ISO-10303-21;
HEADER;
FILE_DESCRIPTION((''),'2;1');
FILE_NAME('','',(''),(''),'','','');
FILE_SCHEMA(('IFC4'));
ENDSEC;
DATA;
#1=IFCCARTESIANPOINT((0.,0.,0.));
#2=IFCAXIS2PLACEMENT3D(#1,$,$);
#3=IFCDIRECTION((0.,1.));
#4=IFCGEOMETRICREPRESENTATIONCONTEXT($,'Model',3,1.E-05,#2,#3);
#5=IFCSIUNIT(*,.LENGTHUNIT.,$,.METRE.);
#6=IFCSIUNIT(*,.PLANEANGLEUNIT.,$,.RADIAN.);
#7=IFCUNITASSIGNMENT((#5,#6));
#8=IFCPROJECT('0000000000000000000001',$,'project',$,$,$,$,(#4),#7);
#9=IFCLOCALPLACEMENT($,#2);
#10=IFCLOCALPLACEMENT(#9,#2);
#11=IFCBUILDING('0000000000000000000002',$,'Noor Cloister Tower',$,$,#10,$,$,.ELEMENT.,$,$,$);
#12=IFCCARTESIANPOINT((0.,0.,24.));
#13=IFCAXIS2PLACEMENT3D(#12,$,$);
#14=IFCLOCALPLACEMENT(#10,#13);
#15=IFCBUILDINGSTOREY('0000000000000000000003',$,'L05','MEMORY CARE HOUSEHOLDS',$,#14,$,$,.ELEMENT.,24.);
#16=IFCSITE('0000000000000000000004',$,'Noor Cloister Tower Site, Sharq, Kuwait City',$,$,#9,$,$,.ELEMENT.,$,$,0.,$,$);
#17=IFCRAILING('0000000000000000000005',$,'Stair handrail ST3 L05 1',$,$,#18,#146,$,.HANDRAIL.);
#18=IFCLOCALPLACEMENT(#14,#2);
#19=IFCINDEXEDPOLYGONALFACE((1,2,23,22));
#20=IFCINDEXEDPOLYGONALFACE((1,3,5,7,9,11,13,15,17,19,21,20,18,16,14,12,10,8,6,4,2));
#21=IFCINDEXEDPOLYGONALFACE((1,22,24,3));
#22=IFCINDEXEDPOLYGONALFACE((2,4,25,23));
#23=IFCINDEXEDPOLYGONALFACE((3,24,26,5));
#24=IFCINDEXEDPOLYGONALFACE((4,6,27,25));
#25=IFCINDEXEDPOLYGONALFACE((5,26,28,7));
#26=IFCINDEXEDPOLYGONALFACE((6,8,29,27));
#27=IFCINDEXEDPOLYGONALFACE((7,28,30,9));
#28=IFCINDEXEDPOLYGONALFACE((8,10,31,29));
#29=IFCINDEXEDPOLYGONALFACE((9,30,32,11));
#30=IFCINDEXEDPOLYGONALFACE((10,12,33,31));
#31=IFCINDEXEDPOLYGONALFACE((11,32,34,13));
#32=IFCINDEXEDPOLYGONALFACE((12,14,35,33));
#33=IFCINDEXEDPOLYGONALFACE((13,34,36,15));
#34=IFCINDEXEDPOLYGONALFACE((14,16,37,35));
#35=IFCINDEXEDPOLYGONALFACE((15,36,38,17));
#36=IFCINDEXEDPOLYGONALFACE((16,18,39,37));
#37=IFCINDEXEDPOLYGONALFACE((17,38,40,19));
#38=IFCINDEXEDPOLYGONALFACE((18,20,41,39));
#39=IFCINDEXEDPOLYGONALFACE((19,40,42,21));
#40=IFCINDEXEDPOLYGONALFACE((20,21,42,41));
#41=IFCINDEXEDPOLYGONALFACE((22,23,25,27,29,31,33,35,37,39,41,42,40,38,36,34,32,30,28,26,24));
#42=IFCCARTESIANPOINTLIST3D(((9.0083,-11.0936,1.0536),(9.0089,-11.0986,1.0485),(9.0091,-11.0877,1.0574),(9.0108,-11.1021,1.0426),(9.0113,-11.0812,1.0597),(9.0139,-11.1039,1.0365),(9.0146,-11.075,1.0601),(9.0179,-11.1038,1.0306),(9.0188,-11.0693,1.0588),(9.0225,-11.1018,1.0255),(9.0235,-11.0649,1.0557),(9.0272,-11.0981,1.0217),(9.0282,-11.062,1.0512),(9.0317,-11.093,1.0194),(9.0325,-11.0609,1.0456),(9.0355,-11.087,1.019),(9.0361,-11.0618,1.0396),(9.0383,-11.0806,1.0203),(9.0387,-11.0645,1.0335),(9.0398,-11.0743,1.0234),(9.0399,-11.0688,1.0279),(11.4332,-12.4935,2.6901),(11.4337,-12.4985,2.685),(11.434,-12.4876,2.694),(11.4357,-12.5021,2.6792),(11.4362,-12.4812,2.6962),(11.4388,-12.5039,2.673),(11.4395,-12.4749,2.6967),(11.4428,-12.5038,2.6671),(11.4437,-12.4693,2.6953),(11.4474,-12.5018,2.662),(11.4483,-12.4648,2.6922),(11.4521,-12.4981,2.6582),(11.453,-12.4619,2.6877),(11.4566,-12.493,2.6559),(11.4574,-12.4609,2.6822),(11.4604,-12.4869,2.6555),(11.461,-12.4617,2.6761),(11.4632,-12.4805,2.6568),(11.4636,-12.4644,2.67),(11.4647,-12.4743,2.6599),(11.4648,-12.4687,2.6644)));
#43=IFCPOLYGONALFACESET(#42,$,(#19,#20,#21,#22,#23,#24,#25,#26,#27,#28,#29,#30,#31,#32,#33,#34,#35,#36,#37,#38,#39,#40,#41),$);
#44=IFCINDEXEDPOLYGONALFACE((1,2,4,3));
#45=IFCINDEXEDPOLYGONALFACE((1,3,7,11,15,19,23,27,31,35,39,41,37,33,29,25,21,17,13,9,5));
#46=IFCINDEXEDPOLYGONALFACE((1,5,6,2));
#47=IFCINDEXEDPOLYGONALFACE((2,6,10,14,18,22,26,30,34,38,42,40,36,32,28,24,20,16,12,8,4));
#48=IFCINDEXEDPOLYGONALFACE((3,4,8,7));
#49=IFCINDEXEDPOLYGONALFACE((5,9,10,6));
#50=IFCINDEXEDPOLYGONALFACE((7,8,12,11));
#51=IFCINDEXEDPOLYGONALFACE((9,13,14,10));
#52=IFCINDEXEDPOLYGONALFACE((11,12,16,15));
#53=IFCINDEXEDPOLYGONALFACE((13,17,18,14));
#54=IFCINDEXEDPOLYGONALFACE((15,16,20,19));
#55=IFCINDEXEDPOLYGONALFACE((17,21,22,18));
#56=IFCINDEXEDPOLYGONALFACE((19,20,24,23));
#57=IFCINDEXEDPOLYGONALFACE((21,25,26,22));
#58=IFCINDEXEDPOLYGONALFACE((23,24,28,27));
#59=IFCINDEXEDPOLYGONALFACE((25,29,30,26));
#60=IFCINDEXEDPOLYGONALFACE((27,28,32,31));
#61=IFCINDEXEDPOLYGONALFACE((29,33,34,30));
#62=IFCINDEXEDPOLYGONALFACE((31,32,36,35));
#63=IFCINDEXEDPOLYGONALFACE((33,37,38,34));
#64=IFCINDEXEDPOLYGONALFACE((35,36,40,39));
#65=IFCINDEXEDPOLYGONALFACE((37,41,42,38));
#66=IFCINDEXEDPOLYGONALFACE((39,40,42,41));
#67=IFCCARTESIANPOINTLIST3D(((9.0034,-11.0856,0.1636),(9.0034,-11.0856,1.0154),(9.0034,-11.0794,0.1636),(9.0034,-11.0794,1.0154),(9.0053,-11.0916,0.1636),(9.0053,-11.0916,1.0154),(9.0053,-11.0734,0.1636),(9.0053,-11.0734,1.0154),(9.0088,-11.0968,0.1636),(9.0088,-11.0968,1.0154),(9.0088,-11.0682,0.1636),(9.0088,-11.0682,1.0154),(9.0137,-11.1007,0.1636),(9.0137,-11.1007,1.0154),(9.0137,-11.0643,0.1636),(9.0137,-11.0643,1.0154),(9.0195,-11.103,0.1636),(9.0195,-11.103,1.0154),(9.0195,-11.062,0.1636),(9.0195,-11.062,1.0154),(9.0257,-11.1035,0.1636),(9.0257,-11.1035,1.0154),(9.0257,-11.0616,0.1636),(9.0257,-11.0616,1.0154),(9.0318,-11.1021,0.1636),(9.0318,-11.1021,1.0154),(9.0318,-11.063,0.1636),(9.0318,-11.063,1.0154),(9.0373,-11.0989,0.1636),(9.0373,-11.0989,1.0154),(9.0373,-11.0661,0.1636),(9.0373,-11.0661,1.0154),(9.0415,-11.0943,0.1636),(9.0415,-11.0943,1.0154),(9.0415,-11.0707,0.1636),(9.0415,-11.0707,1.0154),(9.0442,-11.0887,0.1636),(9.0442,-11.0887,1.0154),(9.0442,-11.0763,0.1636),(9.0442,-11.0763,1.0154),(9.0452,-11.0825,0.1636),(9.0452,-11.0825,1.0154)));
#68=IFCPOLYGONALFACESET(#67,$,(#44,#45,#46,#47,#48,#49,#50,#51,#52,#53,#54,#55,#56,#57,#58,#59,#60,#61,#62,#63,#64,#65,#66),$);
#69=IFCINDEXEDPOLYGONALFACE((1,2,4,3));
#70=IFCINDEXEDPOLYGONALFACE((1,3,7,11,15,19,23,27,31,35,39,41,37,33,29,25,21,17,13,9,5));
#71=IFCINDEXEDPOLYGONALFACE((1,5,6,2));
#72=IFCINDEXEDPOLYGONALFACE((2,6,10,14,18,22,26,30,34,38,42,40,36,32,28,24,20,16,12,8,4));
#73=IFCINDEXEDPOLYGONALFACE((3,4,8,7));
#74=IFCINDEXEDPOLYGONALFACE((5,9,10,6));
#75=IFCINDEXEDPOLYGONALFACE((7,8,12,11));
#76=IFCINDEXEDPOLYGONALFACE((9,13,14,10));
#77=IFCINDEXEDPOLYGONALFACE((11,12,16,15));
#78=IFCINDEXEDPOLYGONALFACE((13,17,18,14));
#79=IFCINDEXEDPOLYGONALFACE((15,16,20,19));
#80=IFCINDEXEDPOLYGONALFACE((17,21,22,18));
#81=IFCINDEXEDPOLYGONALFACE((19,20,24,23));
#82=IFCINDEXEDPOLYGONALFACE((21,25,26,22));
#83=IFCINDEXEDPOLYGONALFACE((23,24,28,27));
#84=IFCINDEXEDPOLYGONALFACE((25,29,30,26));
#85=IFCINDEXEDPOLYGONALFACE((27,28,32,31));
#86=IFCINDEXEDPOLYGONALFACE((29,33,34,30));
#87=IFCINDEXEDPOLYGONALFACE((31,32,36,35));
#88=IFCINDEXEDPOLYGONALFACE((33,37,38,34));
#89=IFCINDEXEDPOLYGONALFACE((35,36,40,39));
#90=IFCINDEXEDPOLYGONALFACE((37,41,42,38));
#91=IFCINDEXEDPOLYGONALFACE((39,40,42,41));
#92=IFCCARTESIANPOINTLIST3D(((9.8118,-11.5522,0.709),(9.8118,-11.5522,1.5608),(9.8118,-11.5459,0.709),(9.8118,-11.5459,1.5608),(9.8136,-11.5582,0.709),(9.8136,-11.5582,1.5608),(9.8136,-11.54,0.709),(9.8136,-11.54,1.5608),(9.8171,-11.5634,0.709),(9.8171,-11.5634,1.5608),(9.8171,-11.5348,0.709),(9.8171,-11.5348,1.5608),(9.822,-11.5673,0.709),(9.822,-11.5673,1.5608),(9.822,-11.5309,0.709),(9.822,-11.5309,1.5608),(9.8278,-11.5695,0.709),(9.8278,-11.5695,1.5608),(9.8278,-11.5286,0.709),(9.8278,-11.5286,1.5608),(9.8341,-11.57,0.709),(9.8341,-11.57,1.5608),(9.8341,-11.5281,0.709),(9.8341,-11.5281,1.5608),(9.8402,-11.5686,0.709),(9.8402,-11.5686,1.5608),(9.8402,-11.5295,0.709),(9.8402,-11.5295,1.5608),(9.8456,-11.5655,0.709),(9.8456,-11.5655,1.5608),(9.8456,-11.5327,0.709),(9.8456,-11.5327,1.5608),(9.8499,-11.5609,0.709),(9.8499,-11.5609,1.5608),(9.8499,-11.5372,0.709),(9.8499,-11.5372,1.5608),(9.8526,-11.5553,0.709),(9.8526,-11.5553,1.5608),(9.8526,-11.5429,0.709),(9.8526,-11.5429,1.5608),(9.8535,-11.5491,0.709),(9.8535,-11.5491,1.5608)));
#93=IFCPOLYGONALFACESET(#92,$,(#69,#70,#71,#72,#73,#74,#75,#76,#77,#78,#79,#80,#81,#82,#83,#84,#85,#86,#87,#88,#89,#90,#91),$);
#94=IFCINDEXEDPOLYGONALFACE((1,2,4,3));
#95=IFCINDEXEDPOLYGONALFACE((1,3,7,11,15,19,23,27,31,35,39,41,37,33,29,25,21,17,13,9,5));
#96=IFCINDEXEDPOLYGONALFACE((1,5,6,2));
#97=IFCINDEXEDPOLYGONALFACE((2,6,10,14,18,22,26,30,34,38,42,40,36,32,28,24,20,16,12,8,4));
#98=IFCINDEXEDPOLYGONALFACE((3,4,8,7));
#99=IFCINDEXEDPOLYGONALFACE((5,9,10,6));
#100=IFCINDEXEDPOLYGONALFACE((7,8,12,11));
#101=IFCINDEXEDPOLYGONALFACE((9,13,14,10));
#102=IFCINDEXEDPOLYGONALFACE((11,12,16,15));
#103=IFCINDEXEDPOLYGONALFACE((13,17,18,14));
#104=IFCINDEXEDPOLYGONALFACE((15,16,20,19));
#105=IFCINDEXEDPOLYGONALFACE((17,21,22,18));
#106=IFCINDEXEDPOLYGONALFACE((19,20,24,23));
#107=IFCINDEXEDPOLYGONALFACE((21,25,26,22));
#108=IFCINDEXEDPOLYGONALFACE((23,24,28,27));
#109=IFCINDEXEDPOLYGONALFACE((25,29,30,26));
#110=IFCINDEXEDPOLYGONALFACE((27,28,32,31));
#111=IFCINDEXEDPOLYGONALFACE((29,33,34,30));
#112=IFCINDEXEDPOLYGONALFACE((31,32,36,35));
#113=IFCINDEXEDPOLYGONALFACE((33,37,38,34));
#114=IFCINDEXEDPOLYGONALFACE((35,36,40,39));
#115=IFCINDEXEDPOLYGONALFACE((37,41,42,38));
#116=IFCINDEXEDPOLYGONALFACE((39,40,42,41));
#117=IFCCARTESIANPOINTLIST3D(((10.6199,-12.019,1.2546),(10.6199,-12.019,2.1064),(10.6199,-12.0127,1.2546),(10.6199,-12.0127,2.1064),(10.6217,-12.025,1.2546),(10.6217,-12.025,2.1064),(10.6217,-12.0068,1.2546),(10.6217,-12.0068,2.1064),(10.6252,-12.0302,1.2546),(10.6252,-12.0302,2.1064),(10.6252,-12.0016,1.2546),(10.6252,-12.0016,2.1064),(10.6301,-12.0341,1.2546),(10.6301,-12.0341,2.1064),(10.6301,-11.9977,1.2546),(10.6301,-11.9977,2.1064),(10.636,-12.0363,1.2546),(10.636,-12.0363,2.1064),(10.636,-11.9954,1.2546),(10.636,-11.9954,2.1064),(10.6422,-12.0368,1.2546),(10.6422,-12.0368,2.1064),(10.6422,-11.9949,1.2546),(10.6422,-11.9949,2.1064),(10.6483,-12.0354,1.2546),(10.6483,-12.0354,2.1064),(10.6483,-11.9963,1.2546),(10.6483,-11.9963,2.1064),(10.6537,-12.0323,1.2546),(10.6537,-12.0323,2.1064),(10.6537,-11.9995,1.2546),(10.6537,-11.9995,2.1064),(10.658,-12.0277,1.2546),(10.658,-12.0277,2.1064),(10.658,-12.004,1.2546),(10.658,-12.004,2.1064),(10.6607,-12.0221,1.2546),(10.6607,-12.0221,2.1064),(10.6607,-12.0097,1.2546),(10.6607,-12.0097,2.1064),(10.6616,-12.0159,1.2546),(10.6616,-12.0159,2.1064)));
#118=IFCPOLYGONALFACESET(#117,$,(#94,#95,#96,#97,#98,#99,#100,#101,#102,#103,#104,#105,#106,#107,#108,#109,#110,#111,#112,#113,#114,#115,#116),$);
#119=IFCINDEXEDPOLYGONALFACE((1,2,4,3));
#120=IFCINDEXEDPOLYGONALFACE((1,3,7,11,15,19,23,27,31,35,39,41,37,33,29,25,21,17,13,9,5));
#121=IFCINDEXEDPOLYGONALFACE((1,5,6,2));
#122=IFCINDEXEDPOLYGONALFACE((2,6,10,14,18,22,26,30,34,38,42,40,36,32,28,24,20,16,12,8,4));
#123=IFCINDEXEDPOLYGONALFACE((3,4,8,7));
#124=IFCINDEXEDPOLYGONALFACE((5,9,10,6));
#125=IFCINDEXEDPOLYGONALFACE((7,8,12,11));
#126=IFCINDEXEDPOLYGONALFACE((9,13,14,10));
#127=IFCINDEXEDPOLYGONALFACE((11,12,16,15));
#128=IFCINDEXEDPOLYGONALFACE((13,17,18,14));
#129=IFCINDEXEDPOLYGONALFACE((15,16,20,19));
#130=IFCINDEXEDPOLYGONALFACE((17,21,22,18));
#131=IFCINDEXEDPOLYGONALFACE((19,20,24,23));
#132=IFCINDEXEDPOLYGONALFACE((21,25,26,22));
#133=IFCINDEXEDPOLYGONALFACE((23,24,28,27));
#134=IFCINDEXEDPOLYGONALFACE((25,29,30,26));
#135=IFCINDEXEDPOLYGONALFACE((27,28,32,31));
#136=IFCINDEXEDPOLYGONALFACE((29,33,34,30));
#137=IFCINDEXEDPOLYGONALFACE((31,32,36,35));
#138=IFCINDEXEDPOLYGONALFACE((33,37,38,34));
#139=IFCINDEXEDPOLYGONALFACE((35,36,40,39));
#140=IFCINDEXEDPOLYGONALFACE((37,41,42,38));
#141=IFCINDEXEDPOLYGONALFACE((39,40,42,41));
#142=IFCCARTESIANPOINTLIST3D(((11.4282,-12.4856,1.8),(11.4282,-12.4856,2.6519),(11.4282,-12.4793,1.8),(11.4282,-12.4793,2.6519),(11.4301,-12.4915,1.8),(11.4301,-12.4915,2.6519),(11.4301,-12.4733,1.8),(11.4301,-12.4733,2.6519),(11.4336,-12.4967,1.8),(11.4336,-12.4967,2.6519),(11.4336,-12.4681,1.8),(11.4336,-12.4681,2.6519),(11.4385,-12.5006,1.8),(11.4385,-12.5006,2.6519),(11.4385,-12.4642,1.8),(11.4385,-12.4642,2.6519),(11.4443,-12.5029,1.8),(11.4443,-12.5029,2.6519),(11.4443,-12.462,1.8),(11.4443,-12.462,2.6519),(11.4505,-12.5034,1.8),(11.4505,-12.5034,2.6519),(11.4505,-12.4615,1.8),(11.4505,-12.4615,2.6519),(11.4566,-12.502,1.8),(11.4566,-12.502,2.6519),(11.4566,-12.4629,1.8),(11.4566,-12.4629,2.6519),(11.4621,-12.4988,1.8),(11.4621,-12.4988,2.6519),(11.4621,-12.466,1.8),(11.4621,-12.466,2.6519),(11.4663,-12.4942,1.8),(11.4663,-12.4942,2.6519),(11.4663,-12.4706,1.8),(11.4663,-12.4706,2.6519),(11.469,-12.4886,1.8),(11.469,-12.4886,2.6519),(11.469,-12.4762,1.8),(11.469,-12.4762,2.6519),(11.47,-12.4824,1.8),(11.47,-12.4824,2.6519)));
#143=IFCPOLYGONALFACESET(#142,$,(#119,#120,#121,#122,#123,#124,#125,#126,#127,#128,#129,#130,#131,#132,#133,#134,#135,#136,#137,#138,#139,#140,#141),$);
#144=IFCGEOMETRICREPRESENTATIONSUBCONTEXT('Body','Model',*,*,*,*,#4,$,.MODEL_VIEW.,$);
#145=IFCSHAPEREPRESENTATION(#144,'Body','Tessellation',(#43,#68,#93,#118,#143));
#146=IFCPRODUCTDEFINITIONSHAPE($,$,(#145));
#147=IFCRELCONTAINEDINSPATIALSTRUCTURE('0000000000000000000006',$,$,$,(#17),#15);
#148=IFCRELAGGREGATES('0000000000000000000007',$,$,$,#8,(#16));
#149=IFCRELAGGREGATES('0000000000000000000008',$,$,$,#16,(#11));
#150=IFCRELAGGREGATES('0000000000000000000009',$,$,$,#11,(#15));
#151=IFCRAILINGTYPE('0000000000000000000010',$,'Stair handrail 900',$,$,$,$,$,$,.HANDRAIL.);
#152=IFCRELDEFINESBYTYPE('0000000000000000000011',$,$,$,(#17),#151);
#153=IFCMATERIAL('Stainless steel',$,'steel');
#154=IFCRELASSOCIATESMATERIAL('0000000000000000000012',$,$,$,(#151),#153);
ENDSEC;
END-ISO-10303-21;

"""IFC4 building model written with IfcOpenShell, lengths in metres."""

from ifc_helpers import new_model, si_unit, direction, frame, origin, origin_2d, place, context, subcontext, project, spatial, circle, extrude, material, type_object, element, save


model = new_model("IFC4")

# Units and contexts
model_context = context("Model", 3, precision=1e-05, world=origin(), true_north=direction((0.0, 1.0)))
body_context = subcontext(model_context, "Body", "Model", "MODEL_VIEW")
ifc_project = project(units=[si_unit("LENGTHUNIT", "METRE"), si_unit("PLANEANGLEUNIT", "RADIAN")], contexts=[model_context])

# Site, building, storey
site_placement = place(None, origin())
site = spatial("IfcSite", under=ifc_project, at=site_placement, Name="Noor Cloister Tower Site, Sharq, Kuwait City", CompositionType="ELEMENT", RefElevation=0.0)
building_placement = place(site_placement, origin())
building = spatial("IfcBuilding", under=site, at=building_placement, Name="Noor Cloister Tower", CompositionType="ELEMENT")
storey_placement = place(building_placement, frame((0.0, 0.0, 24.0)))
storey = spatial("IfcBuildingStorey", under=building, at=storey_placement, Name="L05", Description="MEMORY CARE HOUSEHOLDS", CompositionType="ELEMENT", Elevation=24.0)

# Railing
ifc_material_1 = material(Name="Stainless steel", Category="steel")
railing_type_1 = type_object("IfcRailingType", Name="Stair handrail 900", PredefinedType="HANDRAIL", material=ifc_material_1)
railing_1_placement = place(storey_placement, frame((9.0242, -11.0825, 0.1636)))
element("IfcRailing", 1, at=railing_1_placement, inside=storey, type_object=railing_type_1, Name="Stair handrail ST3 L05 1", PredefinedType="HANDRAIL", context=body_context, shape_type="SweptSolid", body=[
    extrude(circle(Radius=0.0239, at=origin_2d()), frame((0.0, 0.0, 0.876), z_axis=(0.74769, -0.431661, 0.504608), x_axis=(0.499984, 0.866035, 0.0)), (0.0, 0.0, 1.0), 3.2432),
    extrude(circle(Radius=0.021, at=origin_2d()), origin(), (0.0, 0.0, 1.0), 0.8518),
    extrude(circle(Radius=0.021, at=origin_2d()), frame((0.8083, -0.4666, 0.5454)), (0.0, 0.0, 1.0), 0.8518),
    extrude(circle(Radius=0.021, at=origin_2d()), frame((1.6165, -0.9333, 1.0911)), (0.0, 0.0, 1.0), 0.8518),
    extrude(circle(Radius=0.021, at=origin_2d()), frame((2.4248, -1.3999, 1.6365)), (0.0, 0.0, 1.0), 0.8518),
])

save(model, "model.ifc")
